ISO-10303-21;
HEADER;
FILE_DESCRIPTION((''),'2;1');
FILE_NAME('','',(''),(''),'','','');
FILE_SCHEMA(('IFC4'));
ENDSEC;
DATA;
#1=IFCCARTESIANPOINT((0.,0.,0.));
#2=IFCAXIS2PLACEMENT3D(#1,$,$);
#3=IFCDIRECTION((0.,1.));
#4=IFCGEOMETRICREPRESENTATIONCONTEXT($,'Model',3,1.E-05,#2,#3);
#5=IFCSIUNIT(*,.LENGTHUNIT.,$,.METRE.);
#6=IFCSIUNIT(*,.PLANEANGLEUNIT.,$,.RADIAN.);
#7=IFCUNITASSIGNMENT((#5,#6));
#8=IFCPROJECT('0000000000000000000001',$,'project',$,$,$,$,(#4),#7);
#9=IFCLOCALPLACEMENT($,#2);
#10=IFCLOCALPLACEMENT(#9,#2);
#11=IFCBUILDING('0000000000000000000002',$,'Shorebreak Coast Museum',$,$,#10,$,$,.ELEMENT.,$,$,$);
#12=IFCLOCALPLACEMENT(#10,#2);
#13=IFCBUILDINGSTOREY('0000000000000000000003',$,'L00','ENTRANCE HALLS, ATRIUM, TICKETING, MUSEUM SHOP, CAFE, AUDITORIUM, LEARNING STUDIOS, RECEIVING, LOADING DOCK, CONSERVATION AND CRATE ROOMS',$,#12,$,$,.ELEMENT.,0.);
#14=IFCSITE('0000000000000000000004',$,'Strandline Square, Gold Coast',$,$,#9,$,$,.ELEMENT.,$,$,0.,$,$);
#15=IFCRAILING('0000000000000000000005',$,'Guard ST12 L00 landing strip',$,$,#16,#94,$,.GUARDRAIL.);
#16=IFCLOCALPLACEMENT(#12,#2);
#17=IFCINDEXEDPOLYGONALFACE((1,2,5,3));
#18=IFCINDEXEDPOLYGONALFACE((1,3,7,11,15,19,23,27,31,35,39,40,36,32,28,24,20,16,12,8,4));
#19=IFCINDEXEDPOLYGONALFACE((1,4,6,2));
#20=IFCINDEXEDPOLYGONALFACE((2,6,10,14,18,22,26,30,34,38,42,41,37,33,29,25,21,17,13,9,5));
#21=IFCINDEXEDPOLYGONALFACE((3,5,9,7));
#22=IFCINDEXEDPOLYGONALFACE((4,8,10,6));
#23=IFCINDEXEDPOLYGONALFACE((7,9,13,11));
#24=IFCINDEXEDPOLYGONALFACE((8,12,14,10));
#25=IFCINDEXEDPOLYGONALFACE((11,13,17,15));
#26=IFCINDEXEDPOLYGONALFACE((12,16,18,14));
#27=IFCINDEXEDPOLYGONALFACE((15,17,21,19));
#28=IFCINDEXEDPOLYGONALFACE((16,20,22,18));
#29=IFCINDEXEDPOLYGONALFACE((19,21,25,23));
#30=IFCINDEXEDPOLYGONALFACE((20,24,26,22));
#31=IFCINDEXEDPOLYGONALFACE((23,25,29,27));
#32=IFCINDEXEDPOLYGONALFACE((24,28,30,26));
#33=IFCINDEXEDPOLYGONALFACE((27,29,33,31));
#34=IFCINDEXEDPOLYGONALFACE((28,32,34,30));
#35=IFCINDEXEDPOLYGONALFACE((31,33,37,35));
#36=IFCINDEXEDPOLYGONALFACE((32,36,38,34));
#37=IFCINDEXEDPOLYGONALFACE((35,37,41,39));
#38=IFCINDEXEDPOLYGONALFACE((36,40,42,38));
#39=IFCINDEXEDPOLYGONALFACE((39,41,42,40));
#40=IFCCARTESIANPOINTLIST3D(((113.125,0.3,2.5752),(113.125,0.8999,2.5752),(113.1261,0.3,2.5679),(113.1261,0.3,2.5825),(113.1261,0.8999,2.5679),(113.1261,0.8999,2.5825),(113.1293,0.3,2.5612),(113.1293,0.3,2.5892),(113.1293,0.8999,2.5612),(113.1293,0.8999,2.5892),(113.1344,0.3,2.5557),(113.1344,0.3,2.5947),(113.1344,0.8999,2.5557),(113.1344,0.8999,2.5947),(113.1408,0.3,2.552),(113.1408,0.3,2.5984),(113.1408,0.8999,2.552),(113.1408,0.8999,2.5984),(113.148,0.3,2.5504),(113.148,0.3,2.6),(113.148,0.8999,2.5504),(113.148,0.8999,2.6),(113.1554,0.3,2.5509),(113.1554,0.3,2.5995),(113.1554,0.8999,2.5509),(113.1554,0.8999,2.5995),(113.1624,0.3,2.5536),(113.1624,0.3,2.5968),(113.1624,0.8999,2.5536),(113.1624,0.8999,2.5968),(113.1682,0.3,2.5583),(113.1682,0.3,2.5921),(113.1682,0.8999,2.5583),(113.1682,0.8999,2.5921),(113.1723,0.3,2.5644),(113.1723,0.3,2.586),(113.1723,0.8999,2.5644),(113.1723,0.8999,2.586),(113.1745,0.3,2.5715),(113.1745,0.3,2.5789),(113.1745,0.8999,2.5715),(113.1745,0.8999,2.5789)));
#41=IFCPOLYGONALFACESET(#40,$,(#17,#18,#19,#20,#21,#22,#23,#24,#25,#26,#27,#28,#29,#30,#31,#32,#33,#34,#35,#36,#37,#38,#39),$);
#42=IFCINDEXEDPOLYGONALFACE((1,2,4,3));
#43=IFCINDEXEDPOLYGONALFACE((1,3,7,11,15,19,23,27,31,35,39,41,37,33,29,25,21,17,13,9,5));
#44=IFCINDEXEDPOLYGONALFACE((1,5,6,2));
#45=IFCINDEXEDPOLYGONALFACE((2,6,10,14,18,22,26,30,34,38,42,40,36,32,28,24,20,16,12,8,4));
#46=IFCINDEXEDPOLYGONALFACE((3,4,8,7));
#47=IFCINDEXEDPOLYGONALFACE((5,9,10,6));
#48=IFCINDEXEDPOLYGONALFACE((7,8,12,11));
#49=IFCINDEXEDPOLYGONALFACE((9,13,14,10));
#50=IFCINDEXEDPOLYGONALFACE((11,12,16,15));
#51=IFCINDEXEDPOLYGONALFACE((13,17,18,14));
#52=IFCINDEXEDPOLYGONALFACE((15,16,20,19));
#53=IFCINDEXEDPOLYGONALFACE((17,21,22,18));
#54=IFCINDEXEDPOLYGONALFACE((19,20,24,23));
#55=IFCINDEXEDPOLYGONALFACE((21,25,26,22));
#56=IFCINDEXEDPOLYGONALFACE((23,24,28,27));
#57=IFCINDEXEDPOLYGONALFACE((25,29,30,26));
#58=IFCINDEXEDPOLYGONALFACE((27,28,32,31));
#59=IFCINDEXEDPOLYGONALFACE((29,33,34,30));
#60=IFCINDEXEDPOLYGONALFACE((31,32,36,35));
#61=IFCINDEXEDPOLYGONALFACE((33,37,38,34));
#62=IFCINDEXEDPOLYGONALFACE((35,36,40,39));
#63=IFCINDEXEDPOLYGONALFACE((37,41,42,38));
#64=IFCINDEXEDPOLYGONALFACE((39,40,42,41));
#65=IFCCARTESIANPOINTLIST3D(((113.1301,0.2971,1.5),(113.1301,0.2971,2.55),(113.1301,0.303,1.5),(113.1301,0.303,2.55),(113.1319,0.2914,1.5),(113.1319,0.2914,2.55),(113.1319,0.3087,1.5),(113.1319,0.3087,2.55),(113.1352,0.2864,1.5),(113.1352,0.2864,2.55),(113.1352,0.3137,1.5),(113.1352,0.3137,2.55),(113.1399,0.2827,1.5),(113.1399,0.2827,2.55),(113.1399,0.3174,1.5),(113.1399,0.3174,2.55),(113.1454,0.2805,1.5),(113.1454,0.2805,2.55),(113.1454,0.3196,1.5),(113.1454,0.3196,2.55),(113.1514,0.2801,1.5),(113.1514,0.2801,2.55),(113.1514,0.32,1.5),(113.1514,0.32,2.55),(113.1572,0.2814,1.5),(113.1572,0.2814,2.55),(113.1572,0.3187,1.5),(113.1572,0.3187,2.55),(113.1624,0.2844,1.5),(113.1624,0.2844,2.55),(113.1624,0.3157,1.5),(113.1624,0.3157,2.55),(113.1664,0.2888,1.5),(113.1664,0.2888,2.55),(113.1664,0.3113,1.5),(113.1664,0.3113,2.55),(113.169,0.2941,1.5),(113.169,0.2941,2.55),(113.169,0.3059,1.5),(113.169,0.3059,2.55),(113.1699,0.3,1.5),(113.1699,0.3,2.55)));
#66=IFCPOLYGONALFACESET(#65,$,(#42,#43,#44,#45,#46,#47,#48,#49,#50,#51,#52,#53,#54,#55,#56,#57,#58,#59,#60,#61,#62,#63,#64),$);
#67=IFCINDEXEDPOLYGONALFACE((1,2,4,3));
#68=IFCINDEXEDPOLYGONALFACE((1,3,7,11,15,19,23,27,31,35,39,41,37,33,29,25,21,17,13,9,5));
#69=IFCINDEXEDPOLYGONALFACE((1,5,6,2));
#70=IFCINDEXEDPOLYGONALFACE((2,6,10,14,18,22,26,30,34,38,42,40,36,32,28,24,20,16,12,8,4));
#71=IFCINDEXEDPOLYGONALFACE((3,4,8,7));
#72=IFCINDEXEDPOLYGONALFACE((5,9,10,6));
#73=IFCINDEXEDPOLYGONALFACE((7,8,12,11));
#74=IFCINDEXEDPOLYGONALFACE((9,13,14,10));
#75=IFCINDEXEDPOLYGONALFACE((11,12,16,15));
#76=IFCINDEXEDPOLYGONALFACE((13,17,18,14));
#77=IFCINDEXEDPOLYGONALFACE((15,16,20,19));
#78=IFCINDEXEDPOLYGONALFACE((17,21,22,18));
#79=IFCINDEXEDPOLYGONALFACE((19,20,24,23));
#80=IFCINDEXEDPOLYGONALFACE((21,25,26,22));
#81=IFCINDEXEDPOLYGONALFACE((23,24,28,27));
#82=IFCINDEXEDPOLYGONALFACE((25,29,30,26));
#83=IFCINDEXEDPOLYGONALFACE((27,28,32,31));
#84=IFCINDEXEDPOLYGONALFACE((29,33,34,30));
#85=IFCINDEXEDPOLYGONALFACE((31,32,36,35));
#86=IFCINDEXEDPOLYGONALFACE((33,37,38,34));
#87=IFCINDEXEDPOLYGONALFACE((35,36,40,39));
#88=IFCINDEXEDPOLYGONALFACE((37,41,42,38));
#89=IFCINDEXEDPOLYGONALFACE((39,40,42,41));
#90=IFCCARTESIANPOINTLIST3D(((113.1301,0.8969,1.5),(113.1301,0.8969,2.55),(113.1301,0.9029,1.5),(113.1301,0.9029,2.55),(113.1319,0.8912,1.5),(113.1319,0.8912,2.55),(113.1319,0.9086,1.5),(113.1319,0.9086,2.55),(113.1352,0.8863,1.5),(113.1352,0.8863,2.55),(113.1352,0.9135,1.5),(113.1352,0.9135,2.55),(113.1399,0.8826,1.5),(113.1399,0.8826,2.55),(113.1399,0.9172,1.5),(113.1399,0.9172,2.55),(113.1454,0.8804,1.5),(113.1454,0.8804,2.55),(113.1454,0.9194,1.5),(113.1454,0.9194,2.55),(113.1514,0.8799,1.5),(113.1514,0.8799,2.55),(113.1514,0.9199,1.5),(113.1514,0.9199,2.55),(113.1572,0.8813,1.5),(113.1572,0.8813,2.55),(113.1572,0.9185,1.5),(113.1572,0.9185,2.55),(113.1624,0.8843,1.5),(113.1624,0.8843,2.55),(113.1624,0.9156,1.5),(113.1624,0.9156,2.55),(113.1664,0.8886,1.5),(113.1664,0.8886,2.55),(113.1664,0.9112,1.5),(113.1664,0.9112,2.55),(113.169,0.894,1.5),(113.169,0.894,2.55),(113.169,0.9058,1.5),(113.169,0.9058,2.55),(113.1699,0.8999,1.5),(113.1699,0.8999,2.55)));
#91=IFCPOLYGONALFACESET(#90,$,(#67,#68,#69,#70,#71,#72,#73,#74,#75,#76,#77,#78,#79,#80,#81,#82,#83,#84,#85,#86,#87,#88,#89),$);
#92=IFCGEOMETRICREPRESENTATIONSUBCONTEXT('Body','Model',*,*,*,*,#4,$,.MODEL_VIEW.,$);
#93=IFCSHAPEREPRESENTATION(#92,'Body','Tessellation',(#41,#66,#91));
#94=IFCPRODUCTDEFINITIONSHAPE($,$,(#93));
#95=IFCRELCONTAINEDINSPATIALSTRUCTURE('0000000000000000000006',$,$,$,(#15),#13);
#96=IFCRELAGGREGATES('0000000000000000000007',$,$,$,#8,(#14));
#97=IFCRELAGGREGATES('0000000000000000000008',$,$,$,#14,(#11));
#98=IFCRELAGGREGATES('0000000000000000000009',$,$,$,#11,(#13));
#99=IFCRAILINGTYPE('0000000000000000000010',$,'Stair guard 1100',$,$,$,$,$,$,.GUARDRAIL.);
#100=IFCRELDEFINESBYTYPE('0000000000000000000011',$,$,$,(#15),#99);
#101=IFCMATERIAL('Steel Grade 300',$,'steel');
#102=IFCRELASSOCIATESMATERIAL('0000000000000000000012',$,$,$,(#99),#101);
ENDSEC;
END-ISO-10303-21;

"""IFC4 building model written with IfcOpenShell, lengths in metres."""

from ifc_helpers import new_model, si_unit, direction, frame, origin, origin_2d, place, context, subcontext, project, spatial, circle, extrude, material, type_object, element, save


model = new_model("IFC4")

# Units and contexts
model_context = context("Model", 3, precision=1e-05, world=origin(), true_north=direction((0.0, 1.0)))
body_context = subcontext(model_context, "Body", "Model", "MODEL_VIEW")
ifc_project = project(units=[si_unit("LENGTHUNIT", "METRE"), si_unit("PLANEANGLEUNIT", "RADIAN")], contexts=[model_context])

# Site, building, storey
site_placement = place(None, origin())
site = spatial("IfcSite", under=ifc_project, at=site_placement, Name="Strandline Square, Gold Coast", CompositionType="ELEMENT", RefElevation=0.0)
building_placement = place(site_placement, origin())
building = spatial("IfcBuilding", under=site, at=building_placement, Name="Shorebreak Coast Museum", CompositionType="ELEMENT")
storey_placement = place(building_placement, origin())
storey = spatial("IfcBuildingStorey", under=building, at=storey_placement, Name="L00", Description="ENTRANCE HALLS, ATRIUM, TICKETING, MUSEUM SHOP, CAFE, AUDITORIUM, LEARNING STUDIOS, RECEIVING, LOADING DOCK, CONSERVATION AND CRATE ROOMS", CompositionType="ELEMENT", Elevation=0.0)

# Railing
ifc_material_1 = material(Name="Steel Grade 300", Category="steel")
railing_type_1 = type_object("IfcRailingType", Name="Stair guard 1100", PredefinedType="GUARDRAIL", material=ifc_material_1)
for number, where, name in (
    (1, (113.1499, 0.3, 1.5), "Guard ST12 L00 landing strip"),
):
    element("IfcRailing", number, at=place(storey_placement, frame(where)), inside=storey, type_object=railing_type_1, Name=name, PredefinedType="GUARDRAIL", context=body_context, shape_type="SweptSolid", body=[
        extrude(circle(Radius=0.0249, at=origin_2d()), frame((0.0, 0.0, 1.0752), z_axis=(0.0, 1.0, 0.0), x_axis=(-1.0, 0.0, 0.0)), (0.0, 0.0, 1.0), 0.5999),
        extrude(circle(Radius=0.02, at=origin_2d()), origin(), (0.0, 0.0, 1.0), 1.05),
        extrude(circle(Radius=0.02, at=origin_2d()), frame((0.0, 0.5999, 0.0)), (0.0, 0.0, 1.0), 1.05),
    ])

save(model, "model.ifc")
